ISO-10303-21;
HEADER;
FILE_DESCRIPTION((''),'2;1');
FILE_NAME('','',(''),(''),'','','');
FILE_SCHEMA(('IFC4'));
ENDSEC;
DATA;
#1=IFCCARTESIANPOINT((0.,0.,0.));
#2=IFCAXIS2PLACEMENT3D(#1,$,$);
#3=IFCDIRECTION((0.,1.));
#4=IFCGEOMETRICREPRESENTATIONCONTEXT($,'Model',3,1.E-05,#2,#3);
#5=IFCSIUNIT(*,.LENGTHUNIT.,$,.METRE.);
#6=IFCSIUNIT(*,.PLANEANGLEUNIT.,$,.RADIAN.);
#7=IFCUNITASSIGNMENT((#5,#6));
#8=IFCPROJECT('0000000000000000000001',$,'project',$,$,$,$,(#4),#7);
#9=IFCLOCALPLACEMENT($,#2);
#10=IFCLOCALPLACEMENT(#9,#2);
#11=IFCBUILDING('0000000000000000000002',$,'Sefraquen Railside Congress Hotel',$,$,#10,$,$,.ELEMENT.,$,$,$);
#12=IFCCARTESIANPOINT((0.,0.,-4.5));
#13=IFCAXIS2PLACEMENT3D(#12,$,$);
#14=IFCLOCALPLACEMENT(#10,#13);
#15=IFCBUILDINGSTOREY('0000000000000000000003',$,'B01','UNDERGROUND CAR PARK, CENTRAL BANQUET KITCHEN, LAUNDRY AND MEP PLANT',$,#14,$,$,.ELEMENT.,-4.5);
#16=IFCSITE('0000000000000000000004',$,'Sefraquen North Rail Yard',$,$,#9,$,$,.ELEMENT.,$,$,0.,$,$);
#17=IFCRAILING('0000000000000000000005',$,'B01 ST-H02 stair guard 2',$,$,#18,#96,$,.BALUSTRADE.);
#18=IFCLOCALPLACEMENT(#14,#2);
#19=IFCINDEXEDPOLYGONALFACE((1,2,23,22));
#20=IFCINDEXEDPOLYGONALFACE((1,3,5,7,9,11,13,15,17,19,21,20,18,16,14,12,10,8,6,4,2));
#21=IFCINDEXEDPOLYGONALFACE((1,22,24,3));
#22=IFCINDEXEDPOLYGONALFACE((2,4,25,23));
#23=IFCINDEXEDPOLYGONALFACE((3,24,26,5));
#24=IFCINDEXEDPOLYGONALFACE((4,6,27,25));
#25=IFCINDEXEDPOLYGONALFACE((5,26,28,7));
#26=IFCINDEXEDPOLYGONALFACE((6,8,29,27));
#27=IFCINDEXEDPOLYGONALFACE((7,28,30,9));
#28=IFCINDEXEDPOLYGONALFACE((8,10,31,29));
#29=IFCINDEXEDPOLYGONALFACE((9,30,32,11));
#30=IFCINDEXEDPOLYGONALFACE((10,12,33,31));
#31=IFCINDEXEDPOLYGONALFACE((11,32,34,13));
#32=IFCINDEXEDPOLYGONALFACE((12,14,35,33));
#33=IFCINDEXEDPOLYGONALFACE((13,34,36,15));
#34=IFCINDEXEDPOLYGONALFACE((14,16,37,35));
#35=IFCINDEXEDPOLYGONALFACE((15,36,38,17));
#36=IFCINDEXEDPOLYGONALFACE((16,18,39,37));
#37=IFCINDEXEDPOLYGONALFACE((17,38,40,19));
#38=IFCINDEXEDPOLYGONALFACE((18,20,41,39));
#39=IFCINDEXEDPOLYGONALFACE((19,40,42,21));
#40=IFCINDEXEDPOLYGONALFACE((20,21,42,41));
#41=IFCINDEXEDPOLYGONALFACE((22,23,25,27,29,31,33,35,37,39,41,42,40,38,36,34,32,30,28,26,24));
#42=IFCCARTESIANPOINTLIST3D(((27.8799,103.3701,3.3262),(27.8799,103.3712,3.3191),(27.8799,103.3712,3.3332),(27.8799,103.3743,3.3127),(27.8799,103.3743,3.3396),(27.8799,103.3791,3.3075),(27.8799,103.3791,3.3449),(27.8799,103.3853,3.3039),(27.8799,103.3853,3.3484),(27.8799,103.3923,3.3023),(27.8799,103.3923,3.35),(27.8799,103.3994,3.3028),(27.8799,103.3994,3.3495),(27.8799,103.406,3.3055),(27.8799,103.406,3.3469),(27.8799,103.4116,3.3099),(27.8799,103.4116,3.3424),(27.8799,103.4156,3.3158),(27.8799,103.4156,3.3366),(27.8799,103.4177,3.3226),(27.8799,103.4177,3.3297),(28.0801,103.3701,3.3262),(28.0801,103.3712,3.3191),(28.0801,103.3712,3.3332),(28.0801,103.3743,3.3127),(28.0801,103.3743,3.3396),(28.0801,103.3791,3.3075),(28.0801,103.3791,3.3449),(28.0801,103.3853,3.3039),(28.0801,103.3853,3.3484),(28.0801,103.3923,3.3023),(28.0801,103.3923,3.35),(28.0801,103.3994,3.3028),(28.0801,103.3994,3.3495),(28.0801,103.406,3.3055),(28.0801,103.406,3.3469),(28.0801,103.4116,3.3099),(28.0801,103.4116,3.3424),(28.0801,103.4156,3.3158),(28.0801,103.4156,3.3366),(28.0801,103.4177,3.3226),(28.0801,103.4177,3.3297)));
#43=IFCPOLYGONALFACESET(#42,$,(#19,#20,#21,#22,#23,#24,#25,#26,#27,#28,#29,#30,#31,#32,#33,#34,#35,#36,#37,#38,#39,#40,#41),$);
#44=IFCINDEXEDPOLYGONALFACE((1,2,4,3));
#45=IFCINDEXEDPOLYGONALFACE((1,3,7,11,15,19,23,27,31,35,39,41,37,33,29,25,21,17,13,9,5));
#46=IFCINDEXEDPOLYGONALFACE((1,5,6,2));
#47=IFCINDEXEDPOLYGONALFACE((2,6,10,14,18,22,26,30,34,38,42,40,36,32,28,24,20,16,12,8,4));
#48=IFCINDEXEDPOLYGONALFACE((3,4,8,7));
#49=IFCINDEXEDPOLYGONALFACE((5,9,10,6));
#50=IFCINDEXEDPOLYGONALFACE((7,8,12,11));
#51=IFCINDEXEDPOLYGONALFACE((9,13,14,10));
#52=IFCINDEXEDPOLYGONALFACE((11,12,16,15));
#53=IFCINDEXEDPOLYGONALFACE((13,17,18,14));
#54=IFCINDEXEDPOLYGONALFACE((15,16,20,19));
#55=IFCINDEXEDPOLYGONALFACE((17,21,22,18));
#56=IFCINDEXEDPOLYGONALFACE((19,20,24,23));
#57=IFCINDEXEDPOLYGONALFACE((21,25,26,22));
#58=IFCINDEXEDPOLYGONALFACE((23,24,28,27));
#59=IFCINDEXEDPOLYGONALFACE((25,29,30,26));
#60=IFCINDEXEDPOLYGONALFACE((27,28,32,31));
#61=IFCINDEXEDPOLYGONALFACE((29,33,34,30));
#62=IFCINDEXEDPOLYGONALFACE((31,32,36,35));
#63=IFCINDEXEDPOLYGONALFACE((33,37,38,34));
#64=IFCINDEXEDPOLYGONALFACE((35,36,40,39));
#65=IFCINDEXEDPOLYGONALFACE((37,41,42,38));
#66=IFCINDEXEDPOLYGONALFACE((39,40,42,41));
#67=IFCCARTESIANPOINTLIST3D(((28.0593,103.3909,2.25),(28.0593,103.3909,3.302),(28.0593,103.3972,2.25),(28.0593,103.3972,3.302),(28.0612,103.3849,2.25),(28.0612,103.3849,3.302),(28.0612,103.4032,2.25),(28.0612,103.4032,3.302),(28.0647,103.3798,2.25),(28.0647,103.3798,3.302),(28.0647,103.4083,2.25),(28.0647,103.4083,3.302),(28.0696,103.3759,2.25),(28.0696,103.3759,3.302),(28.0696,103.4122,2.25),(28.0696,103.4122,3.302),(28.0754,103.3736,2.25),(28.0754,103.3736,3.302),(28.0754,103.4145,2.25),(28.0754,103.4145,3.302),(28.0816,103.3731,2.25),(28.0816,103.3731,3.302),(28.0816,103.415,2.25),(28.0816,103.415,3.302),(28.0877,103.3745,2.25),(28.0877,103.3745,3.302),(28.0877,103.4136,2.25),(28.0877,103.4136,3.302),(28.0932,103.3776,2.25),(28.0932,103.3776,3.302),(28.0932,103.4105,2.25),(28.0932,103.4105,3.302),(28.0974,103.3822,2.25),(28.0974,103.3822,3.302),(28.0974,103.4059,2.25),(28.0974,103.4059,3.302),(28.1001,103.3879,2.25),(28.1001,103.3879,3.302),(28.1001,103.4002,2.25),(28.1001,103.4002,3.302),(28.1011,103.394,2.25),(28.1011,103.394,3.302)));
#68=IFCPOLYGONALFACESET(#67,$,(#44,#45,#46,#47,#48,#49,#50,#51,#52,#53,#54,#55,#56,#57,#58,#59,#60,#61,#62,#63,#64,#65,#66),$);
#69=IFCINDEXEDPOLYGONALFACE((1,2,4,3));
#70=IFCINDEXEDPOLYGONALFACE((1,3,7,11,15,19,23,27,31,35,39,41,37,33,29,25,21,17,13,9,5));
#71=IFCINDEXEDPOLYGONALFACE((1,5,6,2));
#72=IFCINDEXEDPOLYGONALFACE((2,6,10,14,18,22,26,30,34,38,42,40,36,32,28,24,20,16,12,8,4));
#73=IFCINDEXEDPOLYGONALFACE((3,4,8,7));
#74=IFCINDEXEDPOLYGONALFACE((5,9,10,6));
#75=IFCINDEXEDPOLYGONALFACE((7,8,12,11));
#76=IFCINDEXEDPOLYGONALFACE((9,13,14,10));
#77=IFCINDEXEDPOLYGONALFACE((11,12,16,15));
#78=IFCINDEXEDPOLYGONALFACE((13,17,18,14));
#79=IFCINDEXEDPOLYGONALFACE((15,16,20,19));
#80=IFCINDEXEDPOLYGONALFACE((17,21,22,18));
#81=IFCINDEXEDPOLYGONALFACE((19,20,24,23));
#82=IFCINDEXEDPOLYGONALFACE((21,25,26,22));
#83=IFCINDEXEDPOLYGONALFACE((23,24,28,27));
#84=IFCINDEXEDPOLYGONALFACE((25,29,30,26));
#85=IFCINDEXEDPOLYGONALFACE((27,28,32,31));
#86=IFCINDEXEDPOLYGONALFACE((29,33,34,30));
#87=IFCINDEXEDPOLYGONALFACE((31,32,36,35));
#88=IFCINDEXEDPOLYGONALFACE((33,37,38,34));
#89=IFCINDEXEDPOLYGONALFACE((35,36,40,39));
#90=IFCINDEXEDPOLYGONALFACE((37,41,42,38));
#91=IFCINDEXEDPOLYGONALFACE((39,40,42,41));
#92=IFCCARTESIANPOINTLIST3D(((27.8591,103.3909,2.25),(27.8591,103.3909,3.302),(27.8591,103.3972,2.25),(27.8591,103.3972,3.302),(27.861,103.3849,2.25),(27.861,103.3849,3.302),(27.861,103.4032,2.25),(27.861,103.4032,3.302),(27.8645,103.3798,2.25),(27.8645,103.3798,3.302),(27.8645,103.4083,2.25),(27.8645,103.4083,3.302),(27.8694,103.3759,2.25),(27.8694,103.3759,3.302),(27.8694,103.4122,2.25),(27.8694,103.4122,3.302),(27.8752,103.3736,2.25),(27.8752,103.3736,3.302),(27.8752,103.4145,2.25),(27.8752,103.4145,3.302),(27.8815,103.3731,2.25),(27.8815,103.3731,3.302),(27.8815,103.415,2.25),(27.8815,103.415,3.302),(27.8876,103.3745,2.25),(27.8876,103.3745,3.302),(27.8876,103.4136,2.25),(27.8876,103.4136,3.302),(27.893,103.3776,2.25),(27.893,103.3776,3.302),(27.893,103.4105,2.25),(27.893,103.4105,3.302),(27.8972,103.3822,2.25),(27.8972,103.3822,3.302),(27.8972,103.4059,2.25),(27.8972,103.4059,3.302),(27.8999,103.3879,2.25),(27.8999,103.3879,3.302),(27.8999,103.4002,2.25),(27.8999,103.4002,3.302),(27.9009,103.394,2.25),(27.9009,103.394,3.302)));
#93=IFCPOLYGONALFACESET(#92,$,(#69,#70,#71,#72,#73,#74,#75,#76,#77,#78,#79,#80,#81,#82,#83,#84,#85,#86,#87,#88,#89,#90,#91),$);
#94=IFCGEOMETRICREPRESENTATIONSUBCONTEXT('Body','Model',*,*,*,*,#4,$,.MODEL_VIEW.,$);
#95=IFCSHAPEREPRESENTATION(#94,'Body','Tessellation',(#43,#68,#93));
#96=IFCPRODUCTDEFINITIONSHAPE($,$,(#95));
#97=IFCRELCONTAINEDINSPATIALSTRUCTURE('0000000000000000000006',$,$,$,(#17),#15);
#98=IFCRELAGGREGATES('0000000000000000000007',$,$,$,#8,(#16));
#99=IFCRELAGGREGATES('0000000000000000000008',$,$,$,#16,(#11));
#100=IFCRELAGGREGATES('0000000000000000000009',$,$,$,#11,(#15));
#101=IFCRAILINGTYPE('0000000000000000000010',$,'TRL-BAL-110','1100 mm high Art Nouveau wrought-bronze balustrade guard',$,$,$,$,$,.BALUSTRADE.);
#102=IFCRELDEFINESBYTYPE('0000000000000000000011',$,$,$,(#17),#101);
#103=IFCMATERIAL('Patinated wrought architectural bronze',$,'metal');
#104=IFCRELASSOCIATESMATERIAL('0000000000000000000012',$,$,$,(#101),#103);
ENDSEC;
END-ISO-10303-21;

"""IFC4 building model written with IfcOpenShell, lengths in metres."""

from ifc_helpers import new_model, si_unit, direction, frame, origin, origin_2d, place, context, subcontext, project, spatial, circle, extrude, material, type_object, element, save


model = new_model("IFC4")

# Units and contexts
model_context = context("Model", 3, precision=1e-05, world=origin(), true_north=direction((0.0, 1.0)))
body_context = subcontext(model_context, "Body", "Model", "MODEL_VIEW")
ifc_project = project(units=[si_unit("LENGTHUNIT", "METRE"), si_unit("PLANEANGLEUNIT", "RADIAN")], contexts=[model_context])

# Site, building, storey
site_placement = place(None, origin())
site = spatial("IfcSite", under=ifc_project, at=site_placement, Name="Sefraquen North Rail Yard", CompositionType="ELEMENT", RefElevation=0.0)
building_placement = place(site_placement, origin())
building = spatial("IfcBuilding", under=site, at=building_placement, Name="Sefraquen Railside Congress Hotel", CompositionType="ELEMENT")
storey_placement = place(building_placement, frame((0.0, 0.0, -4.5)))
storey = spatial("IfcBuildingStorey", under=building, at=storey_placement, Name="B01", Description="UNDERGROUND CAR PARK, CENTRAL BANQUET KITCHEN, LAUNDRY AND MEP PLANT", CompositionType="ELEMENT", Elevation=-4.5)

# Railing
ifc_material_1 = material(Name="Patinated wrought architectural bronze", Category="metal")
railing_type_1 = type_object("IfcRailingType", Name="TRL-BAL-110", Description="1100 mm high Art Nouveau wrought-bronze balustrade guard", PredefinedType="BALUSTRADE", material=ifc_material_1)
railing_1_placement = place(storey_placement, frame((28.0801, 103.394, 2.25)))
element("IfcRailing", 1, at=railing_1_placement, inside=storey, type_object=railing_type_1, Name="B01 ST-H02 stair guard 2", PredefinedType="BALUSTRADE", context=body_context, shape_type="SweptSolid", body=[
    extrude(circle(Radius=0.0239, at=origin_2d()), frame((0.0, 0.0, 1.0762), z_axis=(-1.0, 0.0, 0.0), x_axis=(0.0, -1.0, 0.0)), (0.0, 0.0, 1.0), 0.2002),
    extrude(circle(Radius=0.021, at=origin_2d()), origin(), (0.0, 0.0, 1.0), 1.052),
    extrude(circle(Radius=0.021, at=origin_2d()), frame((-0.2002, 0.0, 0.0)), (0.0, 0.0, 1.0), 1.052),
])

save(model, "model.ifc")
